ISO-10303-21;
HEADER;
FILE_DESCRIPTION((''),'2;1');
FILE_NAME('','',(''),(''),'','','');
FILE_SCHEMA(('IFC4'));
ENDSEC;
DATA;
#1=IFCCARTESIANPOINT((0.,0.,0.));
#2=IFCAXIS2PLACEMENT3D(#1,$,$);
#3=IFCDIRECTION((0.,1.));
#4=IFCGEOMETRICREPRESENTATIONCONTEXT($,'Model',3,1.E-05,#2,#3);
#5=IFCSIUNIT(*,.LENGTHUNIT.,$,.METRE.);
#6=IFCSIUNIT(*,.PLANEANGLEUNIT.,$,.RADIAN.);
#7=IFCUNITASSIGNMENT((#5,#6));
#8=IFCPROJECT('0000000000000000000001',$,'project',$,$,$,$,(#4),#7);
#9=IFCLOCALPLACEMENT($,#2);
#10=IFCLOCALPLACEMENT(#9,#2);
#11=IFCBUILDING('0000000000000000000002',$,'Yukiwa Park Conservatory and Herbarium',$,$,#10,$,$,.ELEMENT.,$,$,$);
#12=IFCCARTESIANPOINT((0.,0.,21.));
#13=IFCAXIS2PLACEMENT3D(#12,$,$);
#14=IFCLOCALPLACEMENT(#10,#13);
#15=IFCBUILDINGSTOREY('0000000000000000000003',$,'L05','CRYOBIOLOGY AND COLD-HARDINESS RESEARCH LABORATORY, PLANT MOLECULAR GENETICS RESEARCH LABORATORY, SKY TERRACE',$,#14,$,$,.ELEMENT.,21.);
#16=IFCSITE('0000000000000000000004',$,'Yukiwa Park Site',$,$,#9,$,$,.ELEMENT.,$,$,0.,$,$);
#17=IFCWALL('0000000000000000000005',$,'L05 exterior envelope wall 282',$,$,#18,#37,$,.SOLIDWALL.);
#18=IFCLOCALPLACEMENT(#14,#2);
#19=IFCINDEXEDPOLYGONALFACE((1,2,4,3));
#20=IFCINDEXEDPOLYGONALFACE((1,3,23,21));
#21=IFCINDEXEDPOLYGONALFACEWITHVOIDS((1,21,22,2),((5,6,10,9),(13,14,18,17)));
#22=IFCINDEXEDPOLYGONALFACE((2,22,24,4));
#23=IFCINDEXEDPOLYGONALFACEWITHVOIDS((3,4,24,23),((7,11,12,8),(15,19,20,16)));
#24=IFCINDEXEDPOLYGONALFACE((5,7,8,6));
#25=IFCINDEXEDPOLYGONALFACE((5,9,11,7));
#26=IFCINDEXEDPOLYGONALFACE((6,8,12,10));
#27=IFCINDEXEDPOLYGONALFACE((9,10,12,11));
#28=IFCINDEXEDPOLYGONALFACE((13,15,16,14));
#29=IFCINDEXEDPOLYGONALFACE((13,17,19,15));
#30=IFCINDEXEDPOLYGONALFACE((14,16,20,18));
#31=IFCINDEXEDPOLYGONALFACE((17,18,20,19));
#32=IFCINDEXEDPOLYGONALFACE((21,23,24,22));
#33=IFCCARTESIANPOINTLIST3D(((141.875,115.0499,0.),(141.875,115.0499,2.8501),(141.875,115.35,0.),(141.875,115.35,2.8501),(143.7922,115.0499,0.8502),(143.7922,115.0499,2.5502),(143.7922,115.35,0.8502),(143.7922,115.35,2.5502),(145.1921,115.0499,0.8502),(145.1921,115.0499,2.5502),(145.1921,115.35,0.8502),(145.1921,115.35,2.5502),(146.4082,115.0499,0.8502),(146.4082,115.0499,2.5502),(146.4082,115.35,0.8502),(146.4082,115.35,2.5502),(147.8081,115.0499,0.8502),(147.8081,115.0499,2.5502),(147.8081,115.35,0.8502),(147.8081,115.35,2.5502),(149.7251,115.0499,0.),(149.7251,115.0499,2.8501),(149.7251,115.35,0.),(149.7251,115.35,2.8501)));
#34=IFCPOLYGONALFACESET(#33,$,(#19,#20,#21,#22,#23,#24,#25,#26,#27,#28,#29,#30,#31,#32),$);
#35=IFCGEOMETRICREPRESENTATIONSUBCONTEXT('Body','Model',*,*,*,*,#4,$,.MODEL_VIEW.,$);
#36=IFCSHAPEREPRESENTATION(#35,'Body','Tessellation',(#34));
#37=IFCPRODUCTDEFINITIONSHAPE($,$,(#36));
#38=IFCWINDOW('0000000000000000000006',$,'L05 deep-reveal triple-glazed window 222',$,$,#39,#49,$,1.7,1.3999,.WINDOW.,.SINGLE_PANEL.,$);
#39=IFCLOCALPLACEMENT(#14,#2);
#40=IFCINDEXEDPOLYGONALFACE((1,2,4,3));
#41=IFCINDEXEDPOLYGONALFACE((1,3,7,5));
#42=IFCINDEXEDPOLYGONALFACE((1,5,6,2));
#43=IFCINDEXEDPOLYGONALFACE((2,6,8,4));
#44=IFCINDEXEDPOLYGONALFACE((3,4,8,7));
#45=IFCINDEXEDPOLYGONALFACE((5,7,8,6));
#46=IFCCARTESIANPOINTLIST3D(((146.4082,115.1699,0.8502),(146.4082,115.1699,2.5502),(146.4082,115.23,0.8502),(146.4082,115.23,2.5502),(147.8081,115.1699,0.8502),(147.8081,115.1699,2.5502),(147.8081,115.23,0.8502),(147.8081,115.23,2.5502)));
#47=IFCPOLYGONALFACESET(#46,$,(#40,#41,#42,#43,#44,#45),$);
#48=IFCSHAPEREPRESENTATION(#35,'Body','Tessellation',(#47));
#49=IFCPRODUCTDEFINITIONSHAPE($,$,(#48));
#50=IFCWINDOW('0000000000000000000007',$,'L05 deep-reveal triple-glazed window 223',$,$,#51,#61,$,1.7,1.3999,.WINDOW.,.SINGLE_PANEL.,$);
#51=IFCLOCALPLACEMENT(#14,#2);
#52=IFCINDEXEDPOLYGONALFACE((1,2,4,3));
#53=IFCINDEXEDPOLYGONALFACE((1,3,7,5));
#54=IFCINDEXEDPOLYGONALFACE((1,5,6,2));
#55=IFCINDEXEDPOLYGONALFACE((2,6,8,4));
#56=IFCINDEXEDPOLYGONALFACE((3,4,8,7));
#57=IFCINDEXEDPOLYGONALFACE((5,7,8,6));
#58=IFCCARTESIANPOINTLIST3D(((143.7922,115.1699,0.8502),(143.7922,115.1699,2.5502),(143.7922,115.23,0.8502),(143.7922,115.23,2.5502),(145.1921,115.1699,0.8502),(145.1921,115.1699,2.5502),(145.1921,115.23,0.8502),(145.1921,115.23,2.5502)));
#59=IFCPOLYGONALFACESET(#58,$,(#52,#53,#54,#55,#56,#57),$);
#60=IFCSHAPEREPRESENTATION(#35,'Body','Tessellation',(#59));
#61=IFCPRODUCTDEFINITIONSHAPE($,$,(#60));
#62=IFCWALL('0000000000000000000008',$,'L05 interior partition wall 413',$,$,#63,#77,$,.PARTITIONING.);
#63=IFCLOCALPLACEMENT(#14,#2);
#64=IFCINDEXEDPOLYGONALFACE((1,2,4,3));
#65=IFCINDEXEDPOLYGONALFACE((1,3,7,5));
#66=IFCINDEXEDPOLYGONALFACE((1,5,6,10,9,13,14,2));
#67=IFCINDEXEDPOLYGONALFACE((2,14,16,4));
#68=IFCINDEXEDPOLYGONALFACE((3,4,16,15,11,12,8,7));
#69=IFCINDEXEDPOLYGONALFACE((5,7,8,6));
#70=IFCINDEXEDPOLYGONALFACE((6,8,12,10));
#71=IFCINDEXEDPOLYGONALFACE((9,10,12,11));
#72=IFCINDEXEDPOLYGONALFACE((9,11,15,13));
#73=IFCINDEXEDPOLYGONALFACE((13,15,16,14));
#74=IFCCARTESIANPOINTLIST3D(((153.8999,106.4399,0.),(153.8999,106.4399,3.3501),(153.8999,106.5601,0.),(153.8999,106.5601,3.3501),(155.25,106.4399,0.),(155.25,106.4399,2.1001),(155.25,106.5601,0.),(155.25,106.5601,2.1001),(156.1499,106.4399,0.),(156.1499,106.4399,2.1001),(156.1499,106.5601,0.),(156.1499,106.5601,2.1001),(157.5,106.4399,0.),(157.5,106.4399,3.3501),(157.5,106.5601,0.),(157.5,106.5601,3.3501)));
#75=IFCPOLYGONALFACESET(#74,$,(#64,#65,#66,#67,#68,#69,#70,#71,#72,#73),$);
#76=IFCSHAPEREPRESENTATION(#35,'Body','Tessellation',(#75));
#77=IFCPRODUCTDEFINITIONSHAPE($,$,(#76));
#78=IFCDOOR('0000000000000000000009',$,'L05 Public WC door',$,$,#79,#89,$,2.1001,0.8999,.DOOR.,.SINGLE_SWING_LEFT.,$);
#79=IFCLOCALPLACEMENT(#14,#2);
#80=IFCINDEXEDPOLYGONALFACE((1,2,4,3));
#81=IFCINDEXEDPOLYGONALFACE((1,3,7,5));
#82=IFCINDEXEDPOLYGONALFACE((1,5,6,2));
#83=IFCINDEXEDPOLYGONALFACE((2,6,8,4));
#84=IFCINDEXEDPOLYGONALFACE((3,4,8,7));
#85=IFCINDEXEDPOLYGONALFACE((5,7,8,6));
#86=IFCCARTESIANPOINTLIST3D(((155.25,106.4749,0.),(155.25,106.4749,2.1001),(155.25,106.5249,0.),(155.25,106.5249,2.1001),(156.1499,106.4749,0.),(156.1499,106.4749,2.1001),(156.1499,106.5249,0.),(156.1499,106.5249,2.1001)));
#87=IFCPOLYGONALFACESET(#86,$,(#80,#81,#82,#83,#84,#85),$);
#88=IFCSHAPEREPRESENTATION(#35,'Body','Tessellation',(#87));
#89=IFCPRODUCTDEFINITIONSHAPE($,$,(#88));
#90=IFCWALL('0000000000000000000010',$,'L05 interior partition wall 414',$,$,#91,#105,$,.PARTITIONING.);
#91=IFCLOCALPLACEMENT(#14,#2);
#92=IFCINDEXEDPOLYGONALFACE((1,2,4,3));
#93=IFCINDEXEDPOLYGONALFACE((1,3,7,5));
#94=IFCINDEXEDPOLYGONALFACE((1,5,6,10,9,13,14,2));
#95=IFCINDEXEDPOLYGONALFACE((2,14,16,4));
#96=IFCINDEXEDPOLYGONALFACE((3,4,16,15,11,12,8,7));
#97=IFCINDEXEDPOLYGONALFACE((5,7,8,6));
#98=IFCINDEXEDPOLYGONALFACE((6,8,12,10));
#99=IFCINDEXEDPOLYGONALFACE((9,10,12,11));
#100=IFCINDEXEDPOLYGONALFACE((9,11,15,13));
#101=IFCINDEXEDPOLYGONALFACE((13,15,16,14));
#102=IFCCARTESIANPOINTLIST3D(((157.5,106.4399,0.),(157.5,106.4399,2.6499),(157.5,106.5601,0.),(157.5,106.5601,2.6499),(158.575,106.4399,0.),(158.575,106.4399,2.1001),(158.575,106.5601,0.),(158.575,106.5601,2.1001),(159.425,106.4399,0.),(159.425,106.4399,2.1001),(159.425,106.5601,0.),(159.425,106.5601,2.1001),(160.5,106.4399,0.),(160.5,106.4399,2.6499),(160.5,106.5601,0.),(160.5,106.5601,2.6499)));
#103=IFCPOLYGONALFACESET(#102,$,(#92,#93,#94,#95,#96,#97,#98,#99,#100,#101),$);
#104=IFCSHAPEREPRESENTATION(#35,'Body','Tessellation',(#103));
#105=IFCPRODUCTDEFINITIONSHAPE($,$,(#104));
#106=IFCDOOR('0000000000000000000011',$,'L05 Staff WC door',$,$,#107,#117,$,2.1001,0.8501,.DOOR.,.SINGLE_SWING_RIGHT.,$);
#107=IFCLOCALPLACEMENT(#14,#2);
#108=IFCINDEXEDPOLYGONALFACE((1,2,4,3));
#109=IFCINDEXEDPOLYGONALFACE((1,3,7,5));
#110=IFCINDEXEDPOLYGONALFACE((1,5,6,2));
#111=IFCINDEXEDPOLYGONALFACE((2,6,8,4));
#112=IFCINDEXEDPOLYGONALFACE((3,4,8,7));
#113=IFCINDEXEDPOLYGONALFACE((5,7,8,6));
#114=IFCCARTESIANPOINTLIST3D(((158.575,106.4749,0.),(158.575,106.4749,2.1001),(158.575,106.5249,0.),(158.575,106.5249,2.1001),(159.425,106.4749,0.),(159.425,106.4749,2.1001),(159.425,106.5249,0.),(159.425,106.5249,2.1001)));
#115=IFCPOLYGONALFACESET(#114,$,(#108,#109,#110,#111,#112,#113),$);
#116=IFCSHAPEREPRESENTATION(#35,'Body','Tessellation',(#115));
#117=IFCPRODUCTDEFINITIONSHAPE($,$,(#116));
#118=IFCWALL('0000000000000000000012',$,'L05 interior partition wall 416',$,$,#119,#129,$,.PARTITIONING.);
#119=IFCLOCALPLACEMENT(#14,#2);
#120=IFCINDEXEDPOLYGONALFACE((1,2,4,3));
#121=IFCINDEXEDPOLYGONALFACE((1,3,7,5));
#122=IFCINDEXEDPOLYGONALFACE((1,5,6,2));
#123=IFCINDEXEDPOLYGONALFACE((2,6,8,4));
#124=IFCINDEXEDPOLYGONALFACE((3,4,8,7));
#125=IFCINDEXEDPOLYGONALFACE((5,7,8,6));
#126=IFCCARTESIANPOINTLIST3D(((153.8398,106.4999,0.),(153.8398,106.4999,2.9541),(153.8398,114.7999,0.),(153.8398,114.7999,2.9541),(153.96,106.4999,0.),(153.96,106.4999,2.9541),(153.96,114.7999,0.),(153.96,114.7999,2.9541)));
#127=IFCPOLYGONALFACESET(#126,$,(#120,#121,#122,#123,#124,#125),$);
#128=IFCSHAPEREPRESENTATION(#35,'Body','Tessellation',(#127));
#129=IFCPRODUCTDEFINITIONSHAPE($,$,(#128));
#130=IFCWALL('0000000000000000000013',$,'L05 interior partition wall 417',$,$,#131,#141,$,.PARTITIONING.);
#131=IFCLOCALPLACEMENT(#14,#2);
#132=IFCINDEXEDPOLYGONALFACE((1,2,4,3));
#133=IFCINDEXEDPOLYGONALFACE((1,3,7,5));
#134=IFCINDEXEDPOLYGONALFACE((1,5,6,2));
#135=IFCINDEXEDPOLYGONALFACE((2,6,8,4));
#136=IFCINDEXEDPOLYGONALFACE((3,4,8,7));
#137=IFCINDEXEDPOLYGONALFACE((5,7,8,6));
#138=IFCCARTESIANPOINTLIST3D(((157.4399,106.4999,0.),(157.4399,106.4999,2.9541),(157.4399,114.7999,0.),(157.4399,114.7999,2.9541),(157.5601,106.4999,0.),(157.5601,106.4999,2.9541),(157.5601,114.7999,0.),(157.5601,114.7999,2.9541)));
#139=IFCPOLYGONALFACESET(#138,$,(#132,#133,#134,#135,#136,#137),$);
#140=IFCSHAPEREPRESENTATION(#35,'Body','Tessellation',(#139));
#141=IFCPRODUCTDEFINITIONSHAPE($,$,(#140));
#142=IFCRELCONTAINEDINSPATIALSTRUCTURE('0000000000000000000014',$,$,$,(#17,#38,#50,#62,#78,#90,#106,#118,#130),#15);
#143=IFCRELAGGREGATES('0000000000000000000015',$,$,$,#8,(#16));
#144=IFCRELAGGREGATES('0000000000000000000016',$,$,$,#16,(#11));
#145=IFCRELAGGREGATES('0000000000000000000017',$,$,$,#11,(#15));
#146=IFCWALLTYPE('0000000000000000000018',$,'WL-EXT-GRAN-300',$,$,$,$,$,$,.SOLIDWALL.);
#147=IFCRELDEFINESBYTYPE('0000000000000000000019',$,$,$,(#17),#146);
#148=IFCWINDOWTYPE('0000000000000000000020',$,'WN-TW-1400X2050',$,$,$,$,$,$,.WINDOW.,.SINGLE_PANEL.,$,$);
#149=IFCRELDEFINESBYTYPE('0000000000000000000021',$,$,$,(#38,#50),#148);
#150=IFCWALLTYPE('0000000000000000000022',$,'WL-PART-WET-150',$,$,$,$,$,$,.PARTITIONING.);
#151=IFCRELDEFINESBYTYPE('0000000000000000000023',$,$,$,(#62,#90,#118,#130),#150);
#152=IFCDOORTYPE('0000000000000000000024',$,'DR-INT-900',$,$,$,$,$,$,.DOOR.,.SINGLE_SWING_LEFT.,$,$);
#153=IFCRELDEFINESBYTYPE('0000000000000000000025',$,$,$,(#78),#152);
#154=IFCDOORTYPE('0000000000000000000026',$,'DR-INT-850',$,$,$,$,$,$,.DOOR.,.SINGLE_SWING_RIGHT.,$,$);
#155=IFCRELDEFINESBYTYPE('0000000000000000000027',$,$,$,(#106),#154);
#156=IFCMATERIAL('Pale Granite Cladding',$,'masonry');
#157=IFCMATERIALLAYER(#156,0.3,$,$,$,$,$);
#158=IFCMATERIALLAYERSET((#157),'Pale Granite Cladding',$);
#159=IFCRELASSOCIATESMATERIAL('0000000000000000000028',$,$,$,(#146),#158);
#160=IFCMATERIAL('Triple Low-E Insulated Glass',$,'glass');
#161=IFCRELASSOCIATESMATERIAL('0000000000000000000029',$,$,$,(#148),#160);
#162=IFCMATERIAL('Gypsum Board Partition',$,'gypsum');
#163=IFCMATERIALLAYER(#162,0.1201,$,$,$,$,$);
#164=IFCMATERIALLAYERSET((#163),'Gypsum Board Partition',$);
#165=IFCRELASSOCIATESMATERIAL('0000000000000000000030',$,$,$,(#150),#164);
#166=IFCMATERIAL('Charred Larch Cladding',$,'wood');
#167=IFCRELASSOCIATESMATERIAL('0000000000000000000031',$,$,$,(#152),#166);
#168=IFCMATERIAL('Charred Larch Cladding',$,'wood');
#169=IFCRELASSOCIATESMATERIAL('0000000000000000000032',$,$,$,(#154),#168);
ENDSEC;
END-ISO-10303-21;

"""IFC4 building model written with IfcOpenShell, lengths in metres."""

from ifc_helpers import new_model, si_unit, direction, frame, frame_2d, origin, place, context, subcontext, project, spatial, rectangle, extrude, material, layer, layer_set, type_object, element, fill, save


model = new_model("IFC4")

# Units and contexts
model_context = context("Model", 3, precision=1e-05, world=origin(), true_north=direction((0.0, 1.0)))
body_context = subcontext(model_context, "Body", "Model", "MODEL_VIEW")
ifc_project = project(units=[si_unit("LENGTHUNIT", "METRE"), si_unit("PLANEANGLEUNIT", "RADIAN")], contexts=[model_context])

# Site, building, storey
site_placement = place(None, origin())
site = spatial("IfcSite", under=ifc_project, at=site_placement, Name="Yukiwa Park Site", CompositionType="ELEMENT", RefElevation=0.0)
building_placement = place(site_placement, origin())
building = spatial("IfcBuilding", under=site, at=building_placement, Name="Yukiwa Park Conservatory and Herbarium", CompositionType="ELEMENT")
storey_placement = place(building_placement, frame((0.0, 0.0, 21.0)))
storey = spatial("IfcBuildingStorey", under=building, at=storey_placement, Name="L05", Description="CRYOBIOLOGY AND COLD-HARDINESS RESEARCH LABORATORY, PLANT MOLECULAR GENETICS RESEARCH LABORATORY, SKY TERRACE", CompositionType="ELEMENT", Elevation=21.0)

# Shared definitions
ifc_material_1 = material(Name="Pale Granite Cladding", Category="masonry")
ifc_layer_1 = layer(ifc_material_1, 0.3)
ifc_layer_set_1 = layer_set([ifc_layer_1], Name="Pale Granite Cladding")
wall_type_1 = type_object("IfcWallType", Name="WL-EXT-GRAN-300", PredefinedType="SOLIDWALL", material=ifc_layer_set_1)

# Wall, openings, windows
wall_1_placement = place(storey_placement, frame((149.7251, 115.2, 0.0), z_axis=(0.0, 0.0, 1.0), x_axis=(-1.0, 0.0, 0.0)))
wall_1 = element("IfcWall", 1, at=wall_1_placement, inside=storey, type_object=wall_type_1, Name="L05 exterior envelope wall 282", PredefinedType="SOLIDWALL", context=body_context, shape_type="SweptSolid", body=[
    extrude(rectangle(XDim=7.8501, YDim=0.3, at=frame_2d((3.925, 0.0))), origin(), (0.0, 0.0, 1.0), 2.8501),
])
opening_1_placement = place(wall_1_placement, frame((1.917, 0.0, 0.8501)))
opening_1 = element("IfcOpeningElement", 2, at=opening_1_placement, cuts=wall_1, PredefinedType="OPENING", context=body_context, shape_type="SweptSolid", body=[
    extrude(rectangle(XDim=1.3999, YDim=1.7, at=frame_2d((0.7, 0.8501))), frame((0.0, 0.1602, 0.0), z_axis=(0.0, -1.0, 0.0), x_axis=(1.0, 0.0, 0.0)), (0.0, 0.0, 1.0), 0.3201),
])
opening_2_placement = place(wall_1_placement, frame((4.533, 0.0, 0.8501)))
opening_2 = element("IfcOpeningElement", 3, at=opening_2_placement, cuts=wall_1, PredefinedType="OPENING", context=body_context, shape_type="SweptSolid", body=[
    extrude(rectangle(XDim=1.3999, YDim=1.7, at=frame_2d((0.7, 0.8501))), frame((0.0, 0.1602, 0.0), z_axis=(0.0, -1.0, 0.0), x_axis=(1.0, 0.0, 0.0)), (0.0, 0.0, 1.0), 0.3201),
])
ifc_material_2 = material(Name="Triple Low-E Insulated Glass", Category="glass")
window_type = type_object("IfcWindowType", Name="WN-TW-1400X2050", PartitioningType="SINGLE_PANEL", PredefinedType="WINDOW", material=ifc_material_2)
window_1_placement = place(opening_1_placement, origin())
window_1 = element("IfcWindow", 4, at=window_1_placement, inside=storey, type_object=window_type, Name="L05 deep-reveal triple-glazed window 222", OverallHeight=1.7, OverallWidth=1.3999, PartitioningType="SINGLE_PANEL", PredefinedType="WINDOW", context=body_context, shape_type="SweptSolid", body=[
    extrude(rectangle(XDim=1.3999, YDim=1.7, at=frame_2d((0.7, 0.8501))), frame((0.0, 0.03, 0.0), z_axis=(0.0, -1.0, 0.0), x_axis=(1.0, 0.0, 0.0)), (0.0, 0.0, 1.0), 0.0601),
])
fill(opening_1, window_1)
window_2_placement = place(opening_2_placement, origin())
window_2 = element("IfcWindow", 5, at=window_2_placement, inside=storey, type_object=window_type, Name="L05 deep-reveal triple-glazed window 223", OverallHeight=1.7, OverallWidth=1.3999, PartitioningType="SINGLE_PANEL", PredefinedType="WINDOW", context=body_context, shape_type="SweptSolid", body=[
    extrude(rectangle(XDim=1.3999, YDim=1.7, at=frame_2d((0.7, 0.8501))), frame((0.0, 0.03, 0.0), z_axis=(0.0, -1.0, 0.0), x_axis=(1.0, 0.0, 0.0)), (0.0, 0.0, 1.0), 0.0601),
])
fill(opening_2, window_2)

# Walls, openings, doors
ifc_material_3 = material(Name="Gypsum Board Partition", Category="gypsum")
ifc_layer_2 = layer(ifc_material_3, 0.1201)
ifc_layer_set_2 = layer_set([ifc_layer_2], Name="Gypsum Board Partition")
wall_type_2 = type_object("IfcWallType", Name="WL-PART-WET-150", PredefinedType="PARTITIONING", material=ifc_layer_set_2)
wall_2_placement = place(storey_placement, frame((153.8999, 106.5, 0.0), z_axis=(0.0, 0.0, 1.0), x_axis=(1.0, 0.0, 0.0)))
wall_2 = element("IfcWall", 6, at=wall_2_placement, inside=storey, type_object=wall_type_2, Name="L05 interior partition wall 413", PredefinedType="PARTITIONING", context=body_context, shape_type="SweptSolid", body=[
    extrude(rectangle(XDim=3.6001, YDim=0.1201, at=frame_2d((1.8, 0.0))), origin(), (0.0, 0.0, 1.0), 3.3501),
])
opening_3_placement = place(wall_2_placement, frame((1.3501, 0.0, 0.0)))
opening_3 = element("IfcOpeningElement", 7, at=opening_3_placement, cuts=wall_2, PredefinedType="OPENING", context=body_context, shape_type="SweptSolid", body=[
    extrude(rectangle(XDim=0.8999, YDim=2.1001, at=frame_2d((0.45, 1.05))), frame((0.0, 0.0701, 0.0), z_axis=(0.0, -1.0, 0.0), x_axis=(1.0, 0.0, 0.0)), (0.0, 0.0, 1.0), 0.1401),
])
ifc_material_4 = material(Name="Charred Larch Cladding", Category="wood")
door_type_1 = type_object("IfcDoorType", Name="DR-INT-900", OperationType="SINGLE_SWING_LEFT", PredefinedType="DOOR", material=ifc_material_4)
door_1_placement = place(opening_3_placement, origin())
door_1 = element("IfcDoor", 8, at=door_1_placement, inside=storey, type_object=door_type_1, Name="L05 Public WC door", OperationType="SINGLE_SWING_LEFT", OverallHeight=2.1001, OverallWidth=0.8999, PredefinedType="DOOR", context=body_context, shape_type="SweptSolid", body=[
    extrude(rectangle(XDim=0.8999, YDim=2.1001, at=frame_2d((0.45, 1.05))), frame((0.0, 0.0249, 0.0), z_axis=(0.0, -1.0, 0.0), x_axis=(1.0, 0.0, 0.0)), (0.0, 0.0, 1.0), 0.05),
])
fill(opening_3, door_1)
wall_3_placement = place(storey_placement, frame((157.5, 106.5, 0.0), z_axis=(0.0, 0.0, 1.0), x_axis=(1.0, 0.0, 0.0)))
wall_3 = element("IfcWall", 9, at=wall_3_placement, inside=storey, type_object=wall_type_2, Name="L05 interior partition wall 414", PredefinedType="PARTITIONING", context=body_context, shape_type="SweptSolid", body=[
    extrude(rectangle(XDim=3.0, YDim=0.1201, at=frame_2d((1.5, 0.0))), origin(), (0.0, 0.0, 1.0), 2.6499),
])
opening_4_placement = place(wall_3_placement, frame((1.075, 0.0, 0.0)))
opening_4 = element("IfcOpeningElement", 10, at=opening_4_placement, cuts=wall_3, PredefinedType="OPENING", context=body_context, shape_type="SweptSolid", body=[
    extrude(rectangle(XDim=0.8501, YDim=2.1001, at=frame_2d((0.425, 1.05))), frame((0.0, 0.0701, 0.0), z_axis=(0.0, -1.0, 0.0), x_axis=(1.0, 0.0, 0.0)), (0.0, 0.0, 1.0), 0.1401),
])
ifc_material_5 = material(Name="Charred Larch Cladding", Category="wood")
door_type_2 = type_object("IfcDoorType", Name="DR-INT-850", OperationType="SINGLE_SWING_RIGHT", PredefinedType="DOOR", material=ifc_material_5)
door_2_placement = place(opening_4_placement, origin())
door_2 = element("IfcDoor", 11, at=door_2_placement, inside=storey, type_object=door_type_2, Name="L05 Staff WC door", OperationType="SINGLE_SWING_RIGHT", OverallHeight=2.1001, OverallWidth=0.8501, PredefinedType="DOOR", context=body_context, shape_type="SweptSolid", body=[
    extrude(rectangle(XDim=0.8501, YDim=2.1001, at=frame_2d((0.425, 1.05))), frame((0.0, 0.0249, 0.0), z_axis=(0.0, -1.0, 0.0), x_axis=(1.0, 0.0, 0.0)), (0.0, 0.0, 1.0), 0.05),
])
fill(opening_4, door_2)

# Walls
for number, where, z_axis, x_axis, name in (
    (12, (153.8999, 106.5, 0.0), (0.0, 0.0, 1.0), (0.0, 1.0, 0.0), "L05 interior partition wall 416"),
    (13, (157.5, 106.5, 0.0), (0.0, 0.0, 1.0), (0.0, 1.0, 0.0), "L05 interior partition wall 417"),
):
    element("IfcWall", number, at=place(storey_placement, frame(where, z_axis=z_axis, x_axis=x_axis)), inside=storey, type_object=wall_type_2, Name=name, PredefinedType="PARTITIONING", context=body_context, shape_type="SweptSolid", body=[
        extrude(rectangle(XDim=8.3, YDim=0.1201, at=frame_2d((4.1499, 0.0))), origin(), (0.0, 0.0, 1.0), 2.9541),
    ])

save(model, "model.ifc")
